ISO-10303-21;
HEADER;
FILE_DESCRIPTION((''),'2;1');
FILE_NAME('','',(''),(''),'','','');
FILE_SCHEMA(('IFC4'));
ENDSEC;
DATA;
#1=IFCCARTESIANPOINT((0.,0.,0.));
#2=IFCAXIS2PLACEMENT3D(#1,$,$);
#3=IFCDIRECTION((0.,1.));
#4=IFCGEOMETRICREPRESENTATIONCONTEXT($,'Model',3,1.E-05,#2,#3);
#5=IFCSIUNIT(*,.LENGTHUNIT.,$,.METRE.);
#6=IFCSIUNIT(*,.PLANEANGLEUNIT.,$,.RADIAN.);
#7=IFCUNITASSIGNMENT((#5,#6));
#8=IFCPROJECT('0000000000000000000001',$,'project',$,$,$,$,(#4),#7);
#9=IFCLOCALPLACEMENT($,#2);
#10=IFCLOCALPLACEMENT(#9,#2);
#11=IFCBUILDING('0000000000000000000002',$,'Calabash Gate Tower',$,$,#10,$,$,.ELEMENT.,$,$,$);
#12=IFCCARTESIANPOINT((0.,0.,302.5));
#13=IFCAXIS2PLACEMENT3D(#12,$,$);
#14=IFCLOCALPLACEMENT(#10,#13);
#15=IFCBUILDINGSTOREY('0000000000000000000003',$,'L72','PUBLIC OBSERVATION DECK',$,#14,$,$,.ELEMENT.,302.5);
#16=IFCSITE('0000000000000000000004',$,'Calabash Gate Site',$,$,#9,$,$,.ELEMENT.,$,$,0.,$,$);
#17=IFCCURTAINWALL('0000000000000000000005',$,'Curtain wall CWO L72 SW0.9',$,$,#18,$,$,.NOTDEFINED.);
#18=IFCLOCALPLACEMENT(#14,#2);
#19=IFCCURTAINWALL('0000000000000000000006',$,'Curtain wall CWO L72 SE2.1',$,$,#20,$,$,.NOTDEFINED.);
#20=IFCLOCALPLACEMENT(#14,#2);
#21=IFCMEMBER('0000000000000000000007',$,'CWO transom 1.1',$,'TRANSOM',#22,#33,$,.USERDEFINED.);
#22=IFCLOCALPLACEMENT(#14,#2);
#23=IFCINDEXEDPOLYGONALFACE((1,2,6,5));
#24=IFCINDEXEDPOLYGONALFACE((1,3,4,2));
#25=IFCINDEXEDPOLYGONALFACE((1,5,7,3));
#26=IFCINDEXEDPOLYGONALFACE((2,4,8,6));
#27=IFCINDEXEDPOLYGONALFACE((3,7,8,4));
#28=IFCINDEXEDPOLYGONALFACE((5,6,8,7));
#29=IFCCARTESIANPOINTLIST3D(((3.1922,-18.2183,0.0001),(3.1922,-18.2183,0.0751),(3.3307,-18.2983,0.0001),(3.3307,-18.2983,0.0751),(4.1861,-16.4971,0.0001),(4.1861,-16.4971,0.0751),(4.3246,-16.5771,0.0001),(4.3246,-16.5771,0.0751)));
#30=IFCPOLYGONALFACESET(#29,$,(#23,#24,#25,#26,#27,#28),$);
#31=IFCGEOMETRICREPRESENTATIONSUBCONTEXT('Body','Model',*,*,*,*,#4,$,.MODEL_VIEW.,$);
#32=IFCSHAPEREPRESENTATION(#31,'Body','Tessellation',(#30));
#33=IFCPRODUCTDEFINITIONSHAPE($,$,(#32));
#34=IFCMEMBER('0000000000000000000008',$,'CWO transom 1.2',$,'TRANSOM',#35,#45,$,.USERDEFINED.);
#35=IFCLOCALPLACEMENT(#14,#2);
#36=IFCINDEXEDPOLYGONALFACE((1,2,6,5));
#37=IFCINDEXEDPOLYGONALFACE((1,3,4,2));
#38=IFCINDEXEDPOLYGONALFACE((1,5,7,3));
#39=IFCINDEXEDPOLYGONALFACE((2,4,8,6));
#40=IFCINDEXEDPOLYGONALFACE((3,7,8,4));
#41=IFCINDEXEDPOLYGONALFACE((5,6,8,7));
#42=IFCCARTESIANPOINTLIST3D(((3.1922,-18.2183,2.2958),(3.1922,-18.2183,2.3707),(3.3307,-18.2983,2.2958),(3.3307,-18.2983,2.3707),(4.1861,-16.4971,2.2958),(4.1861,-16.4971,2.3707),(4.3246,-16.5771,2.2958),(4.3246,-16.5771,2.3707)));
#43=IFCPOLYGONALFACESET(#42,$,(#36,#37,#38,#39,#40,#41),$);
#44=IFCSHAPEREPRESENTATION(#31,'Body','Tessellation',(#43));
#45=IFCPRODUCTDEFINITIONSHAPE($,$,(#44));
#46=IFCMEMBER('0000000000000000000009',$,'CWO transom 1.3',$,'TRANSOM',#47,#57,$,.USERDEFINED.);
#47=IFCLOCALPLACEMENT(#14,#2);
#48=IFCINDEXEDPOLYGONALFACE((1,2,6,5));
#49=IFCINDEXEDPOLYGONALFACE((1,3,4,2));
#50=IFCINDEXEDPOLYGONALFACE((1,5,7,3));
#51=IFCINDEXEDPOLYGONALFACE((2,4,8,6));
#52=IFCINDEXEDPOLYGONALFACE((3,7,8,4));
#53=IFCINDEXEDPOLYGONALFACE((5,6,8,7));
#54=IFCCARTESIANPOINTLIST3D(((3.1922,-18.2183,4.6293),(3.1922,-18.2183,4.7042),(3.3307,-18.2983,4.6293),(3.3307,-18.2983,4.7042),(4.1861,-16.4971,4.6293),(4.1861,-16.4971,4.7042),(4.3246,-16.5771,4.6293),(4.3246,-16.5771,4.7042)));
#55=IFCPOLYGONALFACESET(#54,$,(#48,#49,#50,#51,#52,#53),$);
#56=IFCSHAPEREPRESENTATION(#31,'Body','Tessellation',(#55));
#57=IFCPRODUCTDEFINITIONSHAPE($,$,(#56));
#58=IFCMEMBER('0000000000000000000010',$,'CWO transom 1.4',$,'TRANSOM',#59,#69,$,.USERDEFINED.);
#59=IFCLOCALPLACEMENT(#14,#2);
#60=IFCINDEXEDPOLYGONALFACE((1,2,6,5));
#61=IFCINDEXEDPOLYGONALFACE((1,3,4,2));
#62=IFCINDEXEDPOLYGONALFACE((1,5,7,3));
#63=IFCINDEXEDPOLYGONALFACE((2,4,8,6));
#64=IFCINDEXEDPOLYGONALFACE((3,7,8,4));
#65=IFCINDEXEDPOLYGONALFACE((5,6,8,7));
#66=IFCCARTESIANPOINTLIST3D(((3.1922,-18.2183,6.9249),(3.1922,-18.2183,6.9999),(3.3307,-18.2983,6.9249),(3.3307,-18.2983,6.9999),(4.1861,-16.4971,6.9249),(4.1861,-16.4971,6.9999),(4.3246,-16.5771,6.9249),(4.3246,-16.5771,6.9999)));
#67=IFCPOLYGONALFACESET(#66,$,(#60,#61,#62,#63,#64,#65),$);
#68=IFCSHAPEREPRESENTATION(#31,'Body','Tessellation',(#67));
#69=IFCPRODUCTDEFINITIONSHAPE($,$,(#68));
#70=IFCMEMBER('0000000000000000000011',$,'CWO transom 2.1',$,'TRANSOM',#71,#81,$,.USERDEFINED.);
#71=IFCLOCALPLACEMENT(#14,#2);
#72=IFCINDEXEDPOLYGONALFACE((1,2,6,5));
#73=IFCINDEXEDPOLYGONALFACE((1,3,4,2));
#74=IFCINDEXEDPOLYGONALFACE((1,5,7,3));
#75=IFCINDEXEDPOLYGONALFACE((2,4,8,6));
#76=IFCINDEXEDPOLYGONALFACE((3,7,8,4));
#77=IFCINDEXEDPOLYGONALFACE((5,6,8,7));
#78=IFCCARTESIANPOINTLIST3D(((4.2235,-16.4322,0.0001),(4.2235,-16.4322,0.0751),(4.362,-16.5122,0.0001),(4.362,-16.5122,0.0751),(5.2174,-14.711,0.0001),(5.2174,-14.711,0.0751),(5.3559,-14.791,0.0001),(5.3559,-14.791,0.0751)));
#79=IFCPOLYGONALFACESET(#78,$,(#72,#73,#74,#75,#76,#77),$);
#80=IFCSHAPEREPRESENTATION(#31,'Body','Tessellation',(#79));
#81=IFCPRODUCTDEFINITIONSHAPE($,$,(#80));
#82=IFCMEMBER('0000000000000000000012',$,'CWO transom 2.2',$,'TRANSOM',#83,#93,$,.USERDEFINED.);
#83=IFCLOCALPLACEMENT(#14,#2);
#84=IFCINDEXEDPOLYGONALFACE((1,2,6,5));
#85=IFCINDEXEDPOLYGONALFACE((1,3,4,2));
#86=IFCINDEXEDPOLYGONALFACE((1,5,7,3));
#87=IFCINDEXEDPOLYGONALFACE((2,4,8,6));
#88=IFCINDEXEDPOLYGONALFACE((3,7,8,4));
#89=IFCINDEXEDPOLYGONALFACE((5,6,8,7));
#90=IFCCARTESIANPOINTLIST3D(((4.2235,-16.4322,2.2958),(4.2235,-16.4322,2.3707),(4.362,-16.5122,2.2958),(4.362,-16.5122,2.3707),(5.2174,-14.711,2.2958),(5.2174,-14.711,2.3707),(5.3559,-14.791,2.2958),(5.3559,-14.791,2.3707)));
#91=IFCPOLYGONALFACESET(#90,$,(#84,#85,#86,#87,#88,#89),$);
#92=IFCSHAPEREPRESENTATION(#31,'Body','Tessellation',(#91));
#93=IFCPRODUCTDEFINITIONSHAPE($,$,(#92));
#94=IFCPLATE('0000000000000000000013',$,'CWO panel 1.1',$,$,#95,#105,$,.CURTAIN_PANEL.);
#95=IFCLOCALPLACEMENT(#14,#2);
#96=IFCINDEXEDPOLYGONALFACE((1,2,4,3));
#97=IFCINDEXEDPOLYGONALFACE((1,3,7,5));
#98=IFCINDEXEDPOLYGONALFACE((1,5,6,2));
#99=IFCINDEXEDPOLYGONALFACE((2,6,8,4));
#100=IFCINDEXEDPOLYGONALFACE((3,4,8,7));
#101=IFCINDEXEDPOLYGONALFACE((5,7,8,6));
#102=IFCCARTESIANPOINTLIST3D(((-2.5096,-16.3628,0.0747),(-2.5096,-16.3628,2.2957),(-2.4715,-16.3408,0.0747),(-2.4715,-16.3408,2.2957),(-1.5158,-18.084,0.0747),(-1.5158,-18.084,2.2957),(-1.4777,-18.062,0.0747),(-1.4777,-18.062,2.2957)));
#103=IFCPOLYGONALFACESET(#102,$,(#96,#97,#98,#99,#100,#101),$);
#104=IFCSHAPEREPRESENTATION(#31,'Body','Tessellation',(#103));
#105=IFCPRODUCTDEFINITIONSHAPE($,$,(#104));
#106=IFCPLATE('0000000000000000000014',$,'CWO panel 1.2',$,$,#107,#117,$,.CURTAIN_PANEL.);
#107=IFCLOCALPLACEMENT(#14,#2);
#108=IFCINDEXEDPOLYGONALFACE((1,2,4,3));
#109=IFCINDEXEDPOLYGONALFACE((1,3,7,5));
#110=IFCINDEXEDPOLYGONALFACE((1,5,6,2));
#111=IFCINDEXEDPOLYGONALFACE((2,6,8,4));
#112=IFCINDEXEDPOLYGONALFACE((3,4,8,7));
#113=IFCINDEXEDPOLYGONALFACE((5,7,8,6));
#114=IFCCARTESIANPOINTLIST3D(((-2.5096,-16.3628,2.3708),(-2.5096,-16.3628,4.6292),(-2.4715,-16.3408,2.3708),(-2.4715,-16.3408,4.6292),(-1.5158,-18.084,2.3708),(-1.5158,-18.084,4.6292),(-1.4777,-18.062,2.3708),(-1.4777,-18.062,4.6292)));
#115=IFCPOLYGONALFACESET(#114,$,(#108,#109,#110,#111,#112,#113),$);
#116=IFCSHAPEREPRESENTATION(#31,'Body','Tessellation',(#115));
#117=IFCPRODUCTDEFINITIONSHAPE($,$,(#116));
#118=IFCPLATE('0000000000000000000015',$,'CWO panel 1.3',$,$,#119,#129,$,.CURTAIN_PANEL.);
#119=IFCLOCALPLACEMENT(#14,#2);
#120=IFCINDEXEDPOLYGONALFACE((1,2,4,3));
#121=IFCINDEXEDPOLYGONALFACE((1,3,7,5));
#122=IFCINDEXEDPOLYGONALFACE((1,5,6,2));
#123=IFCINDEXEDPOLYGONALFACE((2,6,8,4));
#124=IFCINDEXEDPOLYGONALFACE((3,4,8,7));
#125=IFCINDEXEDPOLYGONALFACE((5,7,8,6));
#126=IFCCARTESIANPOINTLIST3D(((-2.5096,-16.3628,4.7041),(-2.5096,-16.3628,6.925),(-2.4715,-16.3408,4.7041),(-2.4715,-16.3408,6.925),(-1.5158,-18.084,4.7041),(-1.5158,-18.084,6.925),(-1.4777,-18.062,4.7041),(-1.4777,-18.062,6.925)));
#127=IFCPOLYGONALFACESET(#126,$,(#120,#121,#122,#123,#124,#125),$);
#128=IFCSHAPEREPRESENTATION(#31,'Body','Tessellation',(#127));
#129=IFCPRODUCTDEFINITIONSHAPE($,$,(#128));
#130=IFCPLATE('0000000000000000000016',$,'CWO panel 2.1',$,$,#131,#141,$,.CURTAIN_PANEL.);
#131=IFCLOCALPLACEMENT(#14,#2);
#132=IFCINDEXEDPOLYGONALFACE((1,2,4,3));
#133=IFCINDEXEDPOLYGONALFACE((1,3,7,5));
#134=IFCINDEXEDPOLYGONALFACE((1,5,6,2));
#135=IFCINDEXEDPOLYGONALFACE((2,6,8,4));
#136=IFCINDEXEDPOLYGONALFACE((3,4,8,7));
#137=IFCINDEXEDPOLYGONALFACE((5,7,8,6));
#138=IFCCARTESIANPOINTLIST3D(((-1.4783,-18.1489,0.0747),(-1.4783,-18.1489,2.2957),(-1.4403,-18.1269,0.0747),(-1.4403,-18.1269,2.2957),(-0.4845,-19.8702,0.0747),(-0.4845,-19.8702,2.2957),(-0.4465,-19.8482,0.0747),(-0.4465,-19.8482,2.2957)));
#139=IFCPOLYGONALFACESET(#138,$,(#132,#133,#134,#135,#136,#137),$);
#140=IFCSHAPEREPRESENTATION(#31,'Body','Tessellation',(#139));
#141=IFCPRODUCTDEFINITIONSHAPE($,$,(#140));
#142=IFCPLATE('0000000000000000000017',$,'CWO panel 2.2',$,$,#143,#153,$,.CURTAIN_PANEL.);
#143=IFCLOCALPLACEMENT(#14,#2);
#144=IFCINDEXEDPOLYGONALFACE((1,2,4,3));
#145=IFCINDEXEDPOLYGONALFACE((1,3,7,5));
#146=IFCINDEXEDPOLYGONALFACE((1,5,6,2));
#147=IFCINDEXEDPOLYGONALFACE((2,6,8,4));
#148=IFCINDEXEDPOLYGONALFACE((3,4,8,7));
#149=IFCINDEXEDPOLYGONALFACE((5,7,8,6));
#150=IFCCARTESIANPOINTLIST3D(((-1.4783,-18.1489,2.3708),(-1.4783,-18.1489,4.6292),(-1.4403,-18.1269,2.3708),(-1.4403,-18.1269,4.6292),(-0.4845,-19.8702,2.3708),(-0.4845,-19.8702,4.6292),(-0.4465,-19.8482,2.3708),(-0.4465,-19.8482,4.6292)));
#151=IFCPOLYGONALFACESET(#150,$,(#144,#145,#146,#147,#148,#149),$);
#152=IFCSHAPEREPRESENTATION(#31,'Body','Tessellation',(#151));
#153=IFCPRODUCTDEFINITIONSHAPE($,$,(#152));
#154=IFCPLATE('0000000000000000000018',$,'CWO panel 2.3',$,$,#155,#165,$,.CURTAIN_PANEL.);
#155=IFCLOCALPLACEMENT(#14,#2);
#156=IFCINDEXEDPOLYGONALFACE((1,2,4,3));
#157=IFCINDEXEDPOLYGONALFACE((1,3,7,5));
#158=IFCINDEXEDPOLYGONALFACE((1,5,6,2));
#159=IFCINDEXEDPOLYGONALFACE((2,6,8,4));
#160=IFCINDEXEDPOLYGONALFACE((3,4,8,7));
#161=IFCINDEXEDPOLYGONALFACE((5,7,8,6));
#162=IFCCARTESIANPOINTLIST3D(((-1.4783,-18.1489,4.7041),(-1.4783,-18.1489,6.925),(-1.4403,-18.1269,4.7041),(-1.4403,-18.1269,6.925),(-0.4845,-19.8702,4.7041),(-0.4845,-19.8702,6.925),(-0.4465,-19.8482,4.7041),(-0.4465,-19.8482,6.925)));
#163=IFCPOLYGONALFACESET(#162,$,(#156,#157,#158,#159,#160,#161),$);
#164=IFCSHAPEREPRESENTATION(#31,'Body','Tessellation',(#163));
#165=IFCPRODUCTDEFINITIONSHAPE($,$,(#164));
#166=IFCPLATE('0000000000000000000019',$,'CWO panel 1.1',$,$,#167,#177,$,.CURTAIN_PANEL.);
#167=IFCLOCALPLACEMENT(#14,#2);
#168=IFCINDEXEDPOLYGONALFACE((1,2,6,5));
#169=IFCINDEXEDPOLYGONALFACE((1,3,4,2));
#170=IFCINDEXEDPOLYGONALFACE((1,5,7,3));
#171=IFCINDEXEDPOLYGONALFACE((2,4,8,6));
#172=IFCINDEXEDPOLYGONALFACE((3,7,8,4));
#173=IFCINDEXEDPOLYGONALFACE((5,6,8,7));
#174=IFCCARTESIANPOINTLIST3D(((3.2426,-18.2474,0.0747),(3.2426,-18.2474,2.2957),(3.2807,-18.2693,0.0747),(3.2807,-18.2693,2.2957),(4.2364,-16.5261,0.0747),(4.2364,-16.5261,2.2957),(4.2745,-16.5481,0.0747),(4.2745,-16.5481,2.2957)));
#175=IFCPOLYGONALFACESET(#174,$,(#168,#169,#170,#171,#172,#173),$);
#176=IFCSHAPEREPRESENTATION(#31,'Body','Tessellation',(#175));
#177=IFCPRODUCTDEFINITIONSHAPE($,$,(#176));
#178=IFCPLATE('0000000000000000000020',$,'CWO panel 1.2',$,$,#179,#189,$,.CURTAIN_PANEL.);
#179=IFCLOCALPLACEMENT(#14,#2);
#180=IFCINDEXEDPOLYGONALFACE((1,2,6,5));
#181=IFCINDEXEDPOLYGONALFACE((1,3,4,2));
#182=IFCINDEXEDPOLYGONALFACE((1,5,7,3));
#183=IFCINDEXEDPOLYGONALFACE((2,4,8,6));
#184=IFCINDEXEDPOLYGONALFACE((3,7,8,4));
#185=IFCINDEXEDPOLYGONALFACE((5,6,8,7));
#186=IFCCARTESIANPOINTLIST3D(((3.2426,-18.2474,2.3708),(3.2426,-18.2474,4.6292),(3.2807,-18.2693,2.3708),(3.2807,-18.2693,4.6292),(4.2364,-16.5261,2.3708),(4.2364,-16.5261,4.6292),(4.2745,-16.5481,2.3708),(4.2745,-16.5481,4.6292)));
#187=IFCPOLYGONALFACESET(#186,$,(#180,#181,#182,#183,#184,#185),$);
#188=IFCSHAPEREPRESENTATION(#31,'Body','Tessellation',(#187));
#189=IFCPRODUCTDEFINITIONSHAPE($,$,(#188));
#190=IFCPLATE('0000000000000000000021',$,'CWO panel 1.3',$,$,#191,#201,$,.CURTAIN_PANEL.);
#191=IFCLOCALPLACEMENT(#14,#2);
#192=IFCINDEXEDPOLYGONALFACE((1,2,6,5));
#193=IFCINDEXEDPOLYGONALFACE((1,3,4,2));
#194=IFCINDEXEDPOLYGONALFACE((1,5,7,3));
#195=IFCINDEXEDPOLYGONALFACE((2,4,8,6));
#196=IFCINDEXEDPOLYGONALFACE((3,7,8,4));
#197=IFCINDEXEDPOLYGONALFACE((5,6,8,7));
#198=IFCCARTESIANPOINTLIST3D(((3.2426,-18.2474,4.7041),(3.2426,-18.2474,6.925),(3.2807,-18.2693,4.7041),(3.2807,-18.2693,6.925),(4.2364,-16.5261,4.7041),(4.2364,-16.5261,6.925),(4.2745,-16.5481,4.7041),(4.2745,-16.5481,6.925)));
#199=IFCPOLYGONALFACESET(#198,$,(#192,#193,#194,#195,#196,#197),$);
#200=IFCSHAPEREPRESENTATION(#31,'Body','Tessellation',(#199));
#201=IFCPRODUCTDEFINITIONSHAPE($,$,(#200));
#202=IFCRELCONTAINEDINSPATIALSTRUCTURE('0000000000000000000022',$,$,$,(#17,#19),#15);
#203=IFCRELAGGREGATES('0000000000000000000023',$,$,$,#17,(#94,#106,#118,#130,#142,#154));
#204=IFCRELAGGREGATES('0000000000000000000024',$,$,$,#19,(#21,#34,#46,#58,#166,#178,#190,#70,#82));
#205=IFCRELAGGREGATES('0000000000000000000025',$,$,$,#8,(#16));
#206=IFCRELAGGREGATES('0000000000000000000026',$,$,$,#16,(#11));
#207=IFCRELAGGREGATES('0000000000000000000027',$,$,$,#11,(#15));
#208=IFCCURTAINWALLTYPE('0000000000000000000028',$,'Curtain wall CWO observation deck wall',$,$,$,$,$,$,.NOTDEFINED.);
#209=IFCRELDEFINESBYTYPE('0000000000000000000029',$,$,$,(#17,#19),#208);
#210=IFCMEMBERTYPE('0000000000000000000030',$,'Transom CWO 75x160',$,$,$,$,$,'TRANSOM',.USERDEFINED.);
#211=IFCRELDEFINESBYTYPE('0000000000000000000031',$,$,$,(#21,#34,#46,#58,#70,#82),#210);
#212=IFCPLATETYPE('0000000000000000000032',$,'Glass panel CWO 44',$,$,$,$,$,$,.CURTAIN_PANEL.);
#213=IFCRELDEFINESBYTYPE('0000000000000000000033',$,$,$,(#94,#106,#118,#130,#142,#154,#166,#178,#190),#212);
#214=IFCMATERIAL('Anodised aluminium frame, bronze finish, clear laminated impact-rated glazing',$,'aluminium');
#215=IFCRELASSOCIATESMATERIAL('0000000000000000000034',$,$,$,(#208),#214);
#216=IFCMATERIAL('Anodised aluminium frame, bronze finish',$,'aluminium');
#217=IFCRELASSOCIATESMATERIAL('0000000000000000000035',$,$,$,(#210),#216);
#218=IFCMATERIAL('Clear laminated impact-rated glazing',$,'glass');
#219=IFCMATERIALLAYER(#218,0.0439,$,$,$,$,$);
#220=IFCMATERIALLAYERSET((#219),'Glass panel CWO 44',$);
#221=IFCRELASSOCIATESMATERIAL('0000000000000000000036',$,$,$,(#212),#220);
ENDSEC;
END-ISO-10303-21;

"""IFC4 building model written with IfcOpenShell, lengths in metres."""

from ifc_helpers import new_model, si_unit, direction, frame, origin, origin_2d, place, context, subcontext, project, spatial, rectangle, extrude, material, layer, layer_set, material_profile, profile_set, type_object, element, aggregate, save


model = new_model("IFC4")

# Units and contexts
model_context = context("Model", 3, precision=1e-05, world=origin(), true_north=direction((0.0, 1.0)))
body_context = subcontext(model_context, "Body", "Model", "MODEL_VIEW")
ifc_project = project(units=[si_unit("LENGTHUNIT", "METRE"), si_unit("PLANEANGLEUNIT", "RADIAN")], contexts=[model_context])

# Site, building, storey
site_placement = place(None, origin())
site = spatial("IfcSite", under=ifc_project, at=site_placement, Name="Calabash Gate Site", CompositionType="ELEMENT", RefElevation=0.0)
building_placement = place(site_placement, origin())
building = spatial("IfcBuilding", under=site, at=building_placement, Name="Calabash Gate Tower", CompositionType="ELEMENT")
storey_placement = place(building_placement, frame((0.0, 0.0, 302.5)))
storey = spatial("IfcBuildingStorey", under=building, at=storey_placement, Name="L72", Description="PUBLIC OBSERVATION DECK", CompositionType="ELEMENT", Elevation=302.5)

# Curtain walls
ifc_material_1 = material(Name="Anodised aluminium frame, bronze finish, clear laminated impact-rated glazing", Category="aluminium")
curtain_wall_type = type_object("IfcCurtainWallType", Name="Curtain wall CWO observation deck wall", PredefinedType="NOTDEFINED", material=ifc_material_1)
curtain_wall_1_placement = place(storey_placement, origin())
curtain_wall_1 = element("IfcCurtainWall", 1, at=curtain_wall_1_placement, inside=storey, type_object=curtain_wall_type, Name="Curtain wall CWO L72 SW0.9", PredefinedType="NOTDEFINED")
curtain_wall_2_placement = place(storey_placement, origin())
curtain_wall_2 = element("IfcCurtainWall", 2, at=curtain_wall_2_placement, inside=storey, type_object=curtain_wall_type, Name="Curtain wall CWO L72 SE2.1", PredefinedType="NOTDEFINED")

# Members
ifc_material_2 = material(Name="Anodised aluminium frame, bronze finish", Category="aluminium")
ifc_material_profile_1 = material_profile(ifc_material_2, rectangle(XDim=0.1599, YDim=0.075, at=origin_2d()))
ifc_profile_set_1 = profile_set([ifc_material_profile_1], Name="Anodised aluminium frame, bronze finish")
member_type_1 = type_object("IfcMemberType", Name="Transom CWO 75x160", ElementType="TRANSOM", PredefinedType="USERDEFINED", material=ifc_profile_set_1)
member_1_placement = place(storey_placement, frame((3.2615, -18.2583, 0.0376), z_axis=(0.500063, 0.865989, 0.0), x_axis=(-0.865989, 0.500063, 0.0)))
member_1 = element("IfcMember", 3, at=member_1_placement, type_object=member_type_1, Name="CWO transom 1.1", ObjectType="TRANSOM", PredefinedType="USERDEFINED", context=body_context, shape_type="SweptSolid", body=[
    extrude(rectangle(XDim=0.1599, YDim=0.075, at=origin_2d()), origin(), (0.0, 0.0, 1.0), 1.9875),
])
member_2_placement = place(storey_placement, frame((3.2615, -18.2583, 2.3333), z_axis=(0.500063, 0.865989, 0.0), x_axis=(-0.865989, 0.500063, 0.0)))
member_2 = element("IfcMember", 4, at=member_2_placement, type_object=member_type_1, Name="CWO transom 1.2", ObjectType="TRANSOM", PredefinedType="USERDEFINED", context=body_context, shape_type="SweptSolid", body=[
    extrude(rectangle(XDim=0.1599, YDim=0.075, at=origin_2d()), origin(), (0.0, 0.0, 1.0), 1.9875),
])
member_3_placement = place(storey_placement, frame((3.2615, -18.2583, 4.6667), z_axis=(0.500063, 0.865989, 0.0), x_axis=(-0.865989, 0.500063, 0.0)))
member_3 = element("IfcMember", 5, at=member_3_placement, type_object=member_type_1, Name="CWO transom 1.3", ObjectType="TRANSOM", PredefinedType="USERDEFINED", context=body_context, shape_type="SweptSolid", body=[
    extrude(rectangle(XDim=0.1599, YDim=0.075, at=origin_2d()), origin(), (0.0, 0.0, 1.0), 1.9875),
])
member_4_placement = place(storey_placement, frame((3.2615, -18.2583, 6.9624), z_axis=(0.500063, 0.865989, 0.0), x_axis=(-0.865989, 0.500063, 0.0)))
member_4 = element("IfcMember", 6, at=member_4_placement, type_object=member_type_1, Name="CWO transom 1.4", ObjectType="TRANSOM", PredefinedType="USERDEFINED", context=body_context, shape_type="SweptSolid", body=[
    extrude(rectangle(XDim=0.1599, YDim=0.075, at=origin_2d()), origin(), (0.0, 0.0, 1.0), 1.9875),
])
member_5_placement = place(storey_placement, frame((4.2927, -16.4722, 0.0376), z_axis=(0.500063, 0.865989, 0.0), x_axis=(-0.865989, 0.500063, 0.0)))
member_5 = element("IfcMember", 7, at=member_5_placement, type_object=member_type_1, Name="CWO transom 2.1", ObjectType="TRANSOM", PredefinedType="USERDEFINED", context=body_context, shape_type="SweptSolid", body=[
    extrude(rectangle(XDim=0.1599, YDim=0.075, at=origin_2d()), origin(), (0.0, 0.0, 1.0), 1.9875),
])
member_6_placement = place(storey_placement, frame((4.2927, -16.4722, 2.3333), z_axis=(0.500063, 0.865989, 0.0), x_axis=(-0.865989, 0.500063, 0.0)))
member_6 = element("IfcMember", 8, at=member_6_placement, type_object=member_type_1, Name="CWO transom 2.2", ObjectType="TRANSOM", PredefinedType="USERDEFINED", context=body_context, shape_type="SweptSolid", body=[
    extrude(rectangle(XDim=0.1599, YDim=0.075, at=origin_2d()), origin(), (0.0, 0.0, 1.0), 1.9875),
])

# Plates
ifc_material_3 = material(Name="Clear laminated impact-rated glazing", Category="glass")
ifc_layer_1 = layer(ifc_material_3, 0.0439)
ifc_layer_set_1 = layer_set([ifc_layer_1], Name="Glass panel CWO 44")
plate_type = type_object("IfcPlateType", Name="Glass panel CWO 44", PredefinedType="CURTAIN_PANEL", material=ifc_layer_set_1)
plate_1_placement = place(storey_placement, frame((-1.9937, -17.2124, 0.0747), z_axis=(0.0, 0.0, 1.0), x_axis=(0.5, -0.866025, 0.0)))
plate_1 = element("IfcPlate", 9, at=plate_1_placement, type_object=plate_type, Name="CWO panel 1.1", PredefinedType="CURTAIN_PANEL", context=body_context, shape_type="SweptSolid", body=[
    extrude(rectangle(XDim=1.9875, YDim=0.0439, at=origin_2d()), origin(), (0.0, 0.0, 1.0), 2.2209),
])
plate_2_placement = place(storey_placement, frame((-1.9937, -17.2124, 2.3708), z_axis=(0.0, 0.0, 1.0), x_axis=(0.5, -0.866025, 0.0)))
plate_2 = element("IfcPlate", 10, at=plate_2_placement, type_object=plate_type, Name="CWO panel 1.2", PredefinedType="CURTAIN_PANEL", context=body_context, shape_type="SweptSolid", body=[
    extrude(rectangle(XDim=1.9875, YDim=0.0439, at=origin_2d()), origin(), (0.0, 0.0, 1.0), 2.2583),
])
plate_3_placement = place(storey_placement, frame((-1.9937, -17.2124, 4.7041), z_axis=(0.0, 0.0, 1.0), x_axis=(0.5, -0.866025, 0.0)))
plate_3 = element("IfcPlate", 11, at=plate_3_placement, type_object=plate_type, Name="CWO panel 1.3", PredefinedType="CURTAIN_PANEL", context=body_context, shape_type="SweptSolid", body=[
    extrude(rectangle(XDim=1.9875, YDim=0.0439, at=origin_2d()), origin(), (0.0, 0.0, 1.0), 2.2209),
])
plate_4_placement = place(storey_placement, frame((-0.9624, -18.9985, 0.0747), z_axis=(0.0, 0.0, 1.0), x_axis=(0.5, -0.866025, 0.0)))
plate_4 = element("IfcPlate", 12, at=plate_4_placement, type_object=plate_type, Name="CWO panel 2.1", PredefinedType="CURTAIN_PANEL", context=body_context, shape_type="SweptSolid", body=[
    extrude(rectangle(XDim=1.9875, YDim=0.0439, at=origin_2d()), origin(), (0.0, 0.0, 1.0), 2.2209),
])
plate_5_placement = place(storey_placement, frame((-0.9624, -18.9985, 2.3708), z_axis=(0.0, 0.0, 1.0), x_axis=(0.5, -0.866025, 0.0)))
plate_5 = element("IfcPlate", 13, at=plate_5_placement, type_object=plate_type, Name="CWO panel 2.2", PredefinedType="CURTAIN_PANEL", context=body_context, shape_type="SweptSolid", body=[
    extrude(rectangle(XDim=1.9875, YDim=0.0439, at=origin_2d()), origin(), (0.0, 0.0, 1.0), 2.2583),
])
plate_6_placement = place(storey_placement, frame((-0.9624, -18.9985, 4.7041), z_axis=(0.0, 0.0, 1.0), x_axis=(0.5, -0.866025, 0.0)))
plate_6 = element("IfcPlate", 14, at=plate_6_placement, type_object=plate_type, Name="CWO panel 2.3", PredefinedType="CURTAIN_PANEL", context=body_context, shape_type="SweptSolid", body=[
    extrude(rectangle(XDim=1.9875, YDim=0.0439, at=origin_2d()), origin(), (0.0, 0.0, 1.0), 2.2209),
])
aggregate(curtain_wall_1, [plate_1, plate_2, plate_3, plate_4, plate_5, plate_6])
plate_7_placement = place(storey_placement, frame((3.7585, -17.3977, 0.0747), z_axis=(0.0, 0.0, 1.0), x_axis=(0.5, 0.866025, 0.0)))
plate_7 = element("IfcPlate", 15, at=plate_7_placement, type_object=plate_type, Name="CWO panel 1.1", PredefinedType="CURTAIN_PANEL", context=body_context, shape_type="SweptSolid", body=[
    extrude(rectangle(XDim=1.9875, YDim=0.0439, at=origin_2d()), origin(), (0.0, 0.0, 1.0), 2.2209),
])
plate_8_placement = place(storey_placement, frame((3.7585, -17.3977, 2.3708), z_axis=(0.0, 0.0, 1.0), x_axis=(0.5, 0.866025, 0.0)))
plate_8 = element("IfcPlate", 16, at=plate_8_placement, type_object=plate_type, Name="CWO panel 1.2", PredefinedType="CURTAIN_PANEL", context=body_context, shape_type="SweptSolid", body=[
    extrude(rectangle(XDim=1.9875, YDim=0.0439, at=origin_2d()), origin(), (0.0, 0.0, 1.0), 2.2583),
])
plate_9_placement = place(storey_placement, frame((3.7585, -17.3977, 4.7041), z_axis=(0.0, 0.0, 1.0), x_axis=(0.5, 0.866025, 0.0)))
plate_9 = element("IfcPlate", 17, at=plate_9_placement, type_object=plate_type, Name="CWO panel 1.3", PredefinedType="CURTAIN_PANEL", context=body_context, shape_type="SweptSolid", body=[
    extrude(rectangle(XDim=1.9875, YDim=0.0439, at=origin_2d()), origin(), (0.0, 0.0, 1.0), 2.2209),
])
aggregate(curtain_wall_2, [member_1, member_2, member_3, member_4, plate_7, plate_8, plate_9, member_5, member_6])

save(model, "model.ifc")
